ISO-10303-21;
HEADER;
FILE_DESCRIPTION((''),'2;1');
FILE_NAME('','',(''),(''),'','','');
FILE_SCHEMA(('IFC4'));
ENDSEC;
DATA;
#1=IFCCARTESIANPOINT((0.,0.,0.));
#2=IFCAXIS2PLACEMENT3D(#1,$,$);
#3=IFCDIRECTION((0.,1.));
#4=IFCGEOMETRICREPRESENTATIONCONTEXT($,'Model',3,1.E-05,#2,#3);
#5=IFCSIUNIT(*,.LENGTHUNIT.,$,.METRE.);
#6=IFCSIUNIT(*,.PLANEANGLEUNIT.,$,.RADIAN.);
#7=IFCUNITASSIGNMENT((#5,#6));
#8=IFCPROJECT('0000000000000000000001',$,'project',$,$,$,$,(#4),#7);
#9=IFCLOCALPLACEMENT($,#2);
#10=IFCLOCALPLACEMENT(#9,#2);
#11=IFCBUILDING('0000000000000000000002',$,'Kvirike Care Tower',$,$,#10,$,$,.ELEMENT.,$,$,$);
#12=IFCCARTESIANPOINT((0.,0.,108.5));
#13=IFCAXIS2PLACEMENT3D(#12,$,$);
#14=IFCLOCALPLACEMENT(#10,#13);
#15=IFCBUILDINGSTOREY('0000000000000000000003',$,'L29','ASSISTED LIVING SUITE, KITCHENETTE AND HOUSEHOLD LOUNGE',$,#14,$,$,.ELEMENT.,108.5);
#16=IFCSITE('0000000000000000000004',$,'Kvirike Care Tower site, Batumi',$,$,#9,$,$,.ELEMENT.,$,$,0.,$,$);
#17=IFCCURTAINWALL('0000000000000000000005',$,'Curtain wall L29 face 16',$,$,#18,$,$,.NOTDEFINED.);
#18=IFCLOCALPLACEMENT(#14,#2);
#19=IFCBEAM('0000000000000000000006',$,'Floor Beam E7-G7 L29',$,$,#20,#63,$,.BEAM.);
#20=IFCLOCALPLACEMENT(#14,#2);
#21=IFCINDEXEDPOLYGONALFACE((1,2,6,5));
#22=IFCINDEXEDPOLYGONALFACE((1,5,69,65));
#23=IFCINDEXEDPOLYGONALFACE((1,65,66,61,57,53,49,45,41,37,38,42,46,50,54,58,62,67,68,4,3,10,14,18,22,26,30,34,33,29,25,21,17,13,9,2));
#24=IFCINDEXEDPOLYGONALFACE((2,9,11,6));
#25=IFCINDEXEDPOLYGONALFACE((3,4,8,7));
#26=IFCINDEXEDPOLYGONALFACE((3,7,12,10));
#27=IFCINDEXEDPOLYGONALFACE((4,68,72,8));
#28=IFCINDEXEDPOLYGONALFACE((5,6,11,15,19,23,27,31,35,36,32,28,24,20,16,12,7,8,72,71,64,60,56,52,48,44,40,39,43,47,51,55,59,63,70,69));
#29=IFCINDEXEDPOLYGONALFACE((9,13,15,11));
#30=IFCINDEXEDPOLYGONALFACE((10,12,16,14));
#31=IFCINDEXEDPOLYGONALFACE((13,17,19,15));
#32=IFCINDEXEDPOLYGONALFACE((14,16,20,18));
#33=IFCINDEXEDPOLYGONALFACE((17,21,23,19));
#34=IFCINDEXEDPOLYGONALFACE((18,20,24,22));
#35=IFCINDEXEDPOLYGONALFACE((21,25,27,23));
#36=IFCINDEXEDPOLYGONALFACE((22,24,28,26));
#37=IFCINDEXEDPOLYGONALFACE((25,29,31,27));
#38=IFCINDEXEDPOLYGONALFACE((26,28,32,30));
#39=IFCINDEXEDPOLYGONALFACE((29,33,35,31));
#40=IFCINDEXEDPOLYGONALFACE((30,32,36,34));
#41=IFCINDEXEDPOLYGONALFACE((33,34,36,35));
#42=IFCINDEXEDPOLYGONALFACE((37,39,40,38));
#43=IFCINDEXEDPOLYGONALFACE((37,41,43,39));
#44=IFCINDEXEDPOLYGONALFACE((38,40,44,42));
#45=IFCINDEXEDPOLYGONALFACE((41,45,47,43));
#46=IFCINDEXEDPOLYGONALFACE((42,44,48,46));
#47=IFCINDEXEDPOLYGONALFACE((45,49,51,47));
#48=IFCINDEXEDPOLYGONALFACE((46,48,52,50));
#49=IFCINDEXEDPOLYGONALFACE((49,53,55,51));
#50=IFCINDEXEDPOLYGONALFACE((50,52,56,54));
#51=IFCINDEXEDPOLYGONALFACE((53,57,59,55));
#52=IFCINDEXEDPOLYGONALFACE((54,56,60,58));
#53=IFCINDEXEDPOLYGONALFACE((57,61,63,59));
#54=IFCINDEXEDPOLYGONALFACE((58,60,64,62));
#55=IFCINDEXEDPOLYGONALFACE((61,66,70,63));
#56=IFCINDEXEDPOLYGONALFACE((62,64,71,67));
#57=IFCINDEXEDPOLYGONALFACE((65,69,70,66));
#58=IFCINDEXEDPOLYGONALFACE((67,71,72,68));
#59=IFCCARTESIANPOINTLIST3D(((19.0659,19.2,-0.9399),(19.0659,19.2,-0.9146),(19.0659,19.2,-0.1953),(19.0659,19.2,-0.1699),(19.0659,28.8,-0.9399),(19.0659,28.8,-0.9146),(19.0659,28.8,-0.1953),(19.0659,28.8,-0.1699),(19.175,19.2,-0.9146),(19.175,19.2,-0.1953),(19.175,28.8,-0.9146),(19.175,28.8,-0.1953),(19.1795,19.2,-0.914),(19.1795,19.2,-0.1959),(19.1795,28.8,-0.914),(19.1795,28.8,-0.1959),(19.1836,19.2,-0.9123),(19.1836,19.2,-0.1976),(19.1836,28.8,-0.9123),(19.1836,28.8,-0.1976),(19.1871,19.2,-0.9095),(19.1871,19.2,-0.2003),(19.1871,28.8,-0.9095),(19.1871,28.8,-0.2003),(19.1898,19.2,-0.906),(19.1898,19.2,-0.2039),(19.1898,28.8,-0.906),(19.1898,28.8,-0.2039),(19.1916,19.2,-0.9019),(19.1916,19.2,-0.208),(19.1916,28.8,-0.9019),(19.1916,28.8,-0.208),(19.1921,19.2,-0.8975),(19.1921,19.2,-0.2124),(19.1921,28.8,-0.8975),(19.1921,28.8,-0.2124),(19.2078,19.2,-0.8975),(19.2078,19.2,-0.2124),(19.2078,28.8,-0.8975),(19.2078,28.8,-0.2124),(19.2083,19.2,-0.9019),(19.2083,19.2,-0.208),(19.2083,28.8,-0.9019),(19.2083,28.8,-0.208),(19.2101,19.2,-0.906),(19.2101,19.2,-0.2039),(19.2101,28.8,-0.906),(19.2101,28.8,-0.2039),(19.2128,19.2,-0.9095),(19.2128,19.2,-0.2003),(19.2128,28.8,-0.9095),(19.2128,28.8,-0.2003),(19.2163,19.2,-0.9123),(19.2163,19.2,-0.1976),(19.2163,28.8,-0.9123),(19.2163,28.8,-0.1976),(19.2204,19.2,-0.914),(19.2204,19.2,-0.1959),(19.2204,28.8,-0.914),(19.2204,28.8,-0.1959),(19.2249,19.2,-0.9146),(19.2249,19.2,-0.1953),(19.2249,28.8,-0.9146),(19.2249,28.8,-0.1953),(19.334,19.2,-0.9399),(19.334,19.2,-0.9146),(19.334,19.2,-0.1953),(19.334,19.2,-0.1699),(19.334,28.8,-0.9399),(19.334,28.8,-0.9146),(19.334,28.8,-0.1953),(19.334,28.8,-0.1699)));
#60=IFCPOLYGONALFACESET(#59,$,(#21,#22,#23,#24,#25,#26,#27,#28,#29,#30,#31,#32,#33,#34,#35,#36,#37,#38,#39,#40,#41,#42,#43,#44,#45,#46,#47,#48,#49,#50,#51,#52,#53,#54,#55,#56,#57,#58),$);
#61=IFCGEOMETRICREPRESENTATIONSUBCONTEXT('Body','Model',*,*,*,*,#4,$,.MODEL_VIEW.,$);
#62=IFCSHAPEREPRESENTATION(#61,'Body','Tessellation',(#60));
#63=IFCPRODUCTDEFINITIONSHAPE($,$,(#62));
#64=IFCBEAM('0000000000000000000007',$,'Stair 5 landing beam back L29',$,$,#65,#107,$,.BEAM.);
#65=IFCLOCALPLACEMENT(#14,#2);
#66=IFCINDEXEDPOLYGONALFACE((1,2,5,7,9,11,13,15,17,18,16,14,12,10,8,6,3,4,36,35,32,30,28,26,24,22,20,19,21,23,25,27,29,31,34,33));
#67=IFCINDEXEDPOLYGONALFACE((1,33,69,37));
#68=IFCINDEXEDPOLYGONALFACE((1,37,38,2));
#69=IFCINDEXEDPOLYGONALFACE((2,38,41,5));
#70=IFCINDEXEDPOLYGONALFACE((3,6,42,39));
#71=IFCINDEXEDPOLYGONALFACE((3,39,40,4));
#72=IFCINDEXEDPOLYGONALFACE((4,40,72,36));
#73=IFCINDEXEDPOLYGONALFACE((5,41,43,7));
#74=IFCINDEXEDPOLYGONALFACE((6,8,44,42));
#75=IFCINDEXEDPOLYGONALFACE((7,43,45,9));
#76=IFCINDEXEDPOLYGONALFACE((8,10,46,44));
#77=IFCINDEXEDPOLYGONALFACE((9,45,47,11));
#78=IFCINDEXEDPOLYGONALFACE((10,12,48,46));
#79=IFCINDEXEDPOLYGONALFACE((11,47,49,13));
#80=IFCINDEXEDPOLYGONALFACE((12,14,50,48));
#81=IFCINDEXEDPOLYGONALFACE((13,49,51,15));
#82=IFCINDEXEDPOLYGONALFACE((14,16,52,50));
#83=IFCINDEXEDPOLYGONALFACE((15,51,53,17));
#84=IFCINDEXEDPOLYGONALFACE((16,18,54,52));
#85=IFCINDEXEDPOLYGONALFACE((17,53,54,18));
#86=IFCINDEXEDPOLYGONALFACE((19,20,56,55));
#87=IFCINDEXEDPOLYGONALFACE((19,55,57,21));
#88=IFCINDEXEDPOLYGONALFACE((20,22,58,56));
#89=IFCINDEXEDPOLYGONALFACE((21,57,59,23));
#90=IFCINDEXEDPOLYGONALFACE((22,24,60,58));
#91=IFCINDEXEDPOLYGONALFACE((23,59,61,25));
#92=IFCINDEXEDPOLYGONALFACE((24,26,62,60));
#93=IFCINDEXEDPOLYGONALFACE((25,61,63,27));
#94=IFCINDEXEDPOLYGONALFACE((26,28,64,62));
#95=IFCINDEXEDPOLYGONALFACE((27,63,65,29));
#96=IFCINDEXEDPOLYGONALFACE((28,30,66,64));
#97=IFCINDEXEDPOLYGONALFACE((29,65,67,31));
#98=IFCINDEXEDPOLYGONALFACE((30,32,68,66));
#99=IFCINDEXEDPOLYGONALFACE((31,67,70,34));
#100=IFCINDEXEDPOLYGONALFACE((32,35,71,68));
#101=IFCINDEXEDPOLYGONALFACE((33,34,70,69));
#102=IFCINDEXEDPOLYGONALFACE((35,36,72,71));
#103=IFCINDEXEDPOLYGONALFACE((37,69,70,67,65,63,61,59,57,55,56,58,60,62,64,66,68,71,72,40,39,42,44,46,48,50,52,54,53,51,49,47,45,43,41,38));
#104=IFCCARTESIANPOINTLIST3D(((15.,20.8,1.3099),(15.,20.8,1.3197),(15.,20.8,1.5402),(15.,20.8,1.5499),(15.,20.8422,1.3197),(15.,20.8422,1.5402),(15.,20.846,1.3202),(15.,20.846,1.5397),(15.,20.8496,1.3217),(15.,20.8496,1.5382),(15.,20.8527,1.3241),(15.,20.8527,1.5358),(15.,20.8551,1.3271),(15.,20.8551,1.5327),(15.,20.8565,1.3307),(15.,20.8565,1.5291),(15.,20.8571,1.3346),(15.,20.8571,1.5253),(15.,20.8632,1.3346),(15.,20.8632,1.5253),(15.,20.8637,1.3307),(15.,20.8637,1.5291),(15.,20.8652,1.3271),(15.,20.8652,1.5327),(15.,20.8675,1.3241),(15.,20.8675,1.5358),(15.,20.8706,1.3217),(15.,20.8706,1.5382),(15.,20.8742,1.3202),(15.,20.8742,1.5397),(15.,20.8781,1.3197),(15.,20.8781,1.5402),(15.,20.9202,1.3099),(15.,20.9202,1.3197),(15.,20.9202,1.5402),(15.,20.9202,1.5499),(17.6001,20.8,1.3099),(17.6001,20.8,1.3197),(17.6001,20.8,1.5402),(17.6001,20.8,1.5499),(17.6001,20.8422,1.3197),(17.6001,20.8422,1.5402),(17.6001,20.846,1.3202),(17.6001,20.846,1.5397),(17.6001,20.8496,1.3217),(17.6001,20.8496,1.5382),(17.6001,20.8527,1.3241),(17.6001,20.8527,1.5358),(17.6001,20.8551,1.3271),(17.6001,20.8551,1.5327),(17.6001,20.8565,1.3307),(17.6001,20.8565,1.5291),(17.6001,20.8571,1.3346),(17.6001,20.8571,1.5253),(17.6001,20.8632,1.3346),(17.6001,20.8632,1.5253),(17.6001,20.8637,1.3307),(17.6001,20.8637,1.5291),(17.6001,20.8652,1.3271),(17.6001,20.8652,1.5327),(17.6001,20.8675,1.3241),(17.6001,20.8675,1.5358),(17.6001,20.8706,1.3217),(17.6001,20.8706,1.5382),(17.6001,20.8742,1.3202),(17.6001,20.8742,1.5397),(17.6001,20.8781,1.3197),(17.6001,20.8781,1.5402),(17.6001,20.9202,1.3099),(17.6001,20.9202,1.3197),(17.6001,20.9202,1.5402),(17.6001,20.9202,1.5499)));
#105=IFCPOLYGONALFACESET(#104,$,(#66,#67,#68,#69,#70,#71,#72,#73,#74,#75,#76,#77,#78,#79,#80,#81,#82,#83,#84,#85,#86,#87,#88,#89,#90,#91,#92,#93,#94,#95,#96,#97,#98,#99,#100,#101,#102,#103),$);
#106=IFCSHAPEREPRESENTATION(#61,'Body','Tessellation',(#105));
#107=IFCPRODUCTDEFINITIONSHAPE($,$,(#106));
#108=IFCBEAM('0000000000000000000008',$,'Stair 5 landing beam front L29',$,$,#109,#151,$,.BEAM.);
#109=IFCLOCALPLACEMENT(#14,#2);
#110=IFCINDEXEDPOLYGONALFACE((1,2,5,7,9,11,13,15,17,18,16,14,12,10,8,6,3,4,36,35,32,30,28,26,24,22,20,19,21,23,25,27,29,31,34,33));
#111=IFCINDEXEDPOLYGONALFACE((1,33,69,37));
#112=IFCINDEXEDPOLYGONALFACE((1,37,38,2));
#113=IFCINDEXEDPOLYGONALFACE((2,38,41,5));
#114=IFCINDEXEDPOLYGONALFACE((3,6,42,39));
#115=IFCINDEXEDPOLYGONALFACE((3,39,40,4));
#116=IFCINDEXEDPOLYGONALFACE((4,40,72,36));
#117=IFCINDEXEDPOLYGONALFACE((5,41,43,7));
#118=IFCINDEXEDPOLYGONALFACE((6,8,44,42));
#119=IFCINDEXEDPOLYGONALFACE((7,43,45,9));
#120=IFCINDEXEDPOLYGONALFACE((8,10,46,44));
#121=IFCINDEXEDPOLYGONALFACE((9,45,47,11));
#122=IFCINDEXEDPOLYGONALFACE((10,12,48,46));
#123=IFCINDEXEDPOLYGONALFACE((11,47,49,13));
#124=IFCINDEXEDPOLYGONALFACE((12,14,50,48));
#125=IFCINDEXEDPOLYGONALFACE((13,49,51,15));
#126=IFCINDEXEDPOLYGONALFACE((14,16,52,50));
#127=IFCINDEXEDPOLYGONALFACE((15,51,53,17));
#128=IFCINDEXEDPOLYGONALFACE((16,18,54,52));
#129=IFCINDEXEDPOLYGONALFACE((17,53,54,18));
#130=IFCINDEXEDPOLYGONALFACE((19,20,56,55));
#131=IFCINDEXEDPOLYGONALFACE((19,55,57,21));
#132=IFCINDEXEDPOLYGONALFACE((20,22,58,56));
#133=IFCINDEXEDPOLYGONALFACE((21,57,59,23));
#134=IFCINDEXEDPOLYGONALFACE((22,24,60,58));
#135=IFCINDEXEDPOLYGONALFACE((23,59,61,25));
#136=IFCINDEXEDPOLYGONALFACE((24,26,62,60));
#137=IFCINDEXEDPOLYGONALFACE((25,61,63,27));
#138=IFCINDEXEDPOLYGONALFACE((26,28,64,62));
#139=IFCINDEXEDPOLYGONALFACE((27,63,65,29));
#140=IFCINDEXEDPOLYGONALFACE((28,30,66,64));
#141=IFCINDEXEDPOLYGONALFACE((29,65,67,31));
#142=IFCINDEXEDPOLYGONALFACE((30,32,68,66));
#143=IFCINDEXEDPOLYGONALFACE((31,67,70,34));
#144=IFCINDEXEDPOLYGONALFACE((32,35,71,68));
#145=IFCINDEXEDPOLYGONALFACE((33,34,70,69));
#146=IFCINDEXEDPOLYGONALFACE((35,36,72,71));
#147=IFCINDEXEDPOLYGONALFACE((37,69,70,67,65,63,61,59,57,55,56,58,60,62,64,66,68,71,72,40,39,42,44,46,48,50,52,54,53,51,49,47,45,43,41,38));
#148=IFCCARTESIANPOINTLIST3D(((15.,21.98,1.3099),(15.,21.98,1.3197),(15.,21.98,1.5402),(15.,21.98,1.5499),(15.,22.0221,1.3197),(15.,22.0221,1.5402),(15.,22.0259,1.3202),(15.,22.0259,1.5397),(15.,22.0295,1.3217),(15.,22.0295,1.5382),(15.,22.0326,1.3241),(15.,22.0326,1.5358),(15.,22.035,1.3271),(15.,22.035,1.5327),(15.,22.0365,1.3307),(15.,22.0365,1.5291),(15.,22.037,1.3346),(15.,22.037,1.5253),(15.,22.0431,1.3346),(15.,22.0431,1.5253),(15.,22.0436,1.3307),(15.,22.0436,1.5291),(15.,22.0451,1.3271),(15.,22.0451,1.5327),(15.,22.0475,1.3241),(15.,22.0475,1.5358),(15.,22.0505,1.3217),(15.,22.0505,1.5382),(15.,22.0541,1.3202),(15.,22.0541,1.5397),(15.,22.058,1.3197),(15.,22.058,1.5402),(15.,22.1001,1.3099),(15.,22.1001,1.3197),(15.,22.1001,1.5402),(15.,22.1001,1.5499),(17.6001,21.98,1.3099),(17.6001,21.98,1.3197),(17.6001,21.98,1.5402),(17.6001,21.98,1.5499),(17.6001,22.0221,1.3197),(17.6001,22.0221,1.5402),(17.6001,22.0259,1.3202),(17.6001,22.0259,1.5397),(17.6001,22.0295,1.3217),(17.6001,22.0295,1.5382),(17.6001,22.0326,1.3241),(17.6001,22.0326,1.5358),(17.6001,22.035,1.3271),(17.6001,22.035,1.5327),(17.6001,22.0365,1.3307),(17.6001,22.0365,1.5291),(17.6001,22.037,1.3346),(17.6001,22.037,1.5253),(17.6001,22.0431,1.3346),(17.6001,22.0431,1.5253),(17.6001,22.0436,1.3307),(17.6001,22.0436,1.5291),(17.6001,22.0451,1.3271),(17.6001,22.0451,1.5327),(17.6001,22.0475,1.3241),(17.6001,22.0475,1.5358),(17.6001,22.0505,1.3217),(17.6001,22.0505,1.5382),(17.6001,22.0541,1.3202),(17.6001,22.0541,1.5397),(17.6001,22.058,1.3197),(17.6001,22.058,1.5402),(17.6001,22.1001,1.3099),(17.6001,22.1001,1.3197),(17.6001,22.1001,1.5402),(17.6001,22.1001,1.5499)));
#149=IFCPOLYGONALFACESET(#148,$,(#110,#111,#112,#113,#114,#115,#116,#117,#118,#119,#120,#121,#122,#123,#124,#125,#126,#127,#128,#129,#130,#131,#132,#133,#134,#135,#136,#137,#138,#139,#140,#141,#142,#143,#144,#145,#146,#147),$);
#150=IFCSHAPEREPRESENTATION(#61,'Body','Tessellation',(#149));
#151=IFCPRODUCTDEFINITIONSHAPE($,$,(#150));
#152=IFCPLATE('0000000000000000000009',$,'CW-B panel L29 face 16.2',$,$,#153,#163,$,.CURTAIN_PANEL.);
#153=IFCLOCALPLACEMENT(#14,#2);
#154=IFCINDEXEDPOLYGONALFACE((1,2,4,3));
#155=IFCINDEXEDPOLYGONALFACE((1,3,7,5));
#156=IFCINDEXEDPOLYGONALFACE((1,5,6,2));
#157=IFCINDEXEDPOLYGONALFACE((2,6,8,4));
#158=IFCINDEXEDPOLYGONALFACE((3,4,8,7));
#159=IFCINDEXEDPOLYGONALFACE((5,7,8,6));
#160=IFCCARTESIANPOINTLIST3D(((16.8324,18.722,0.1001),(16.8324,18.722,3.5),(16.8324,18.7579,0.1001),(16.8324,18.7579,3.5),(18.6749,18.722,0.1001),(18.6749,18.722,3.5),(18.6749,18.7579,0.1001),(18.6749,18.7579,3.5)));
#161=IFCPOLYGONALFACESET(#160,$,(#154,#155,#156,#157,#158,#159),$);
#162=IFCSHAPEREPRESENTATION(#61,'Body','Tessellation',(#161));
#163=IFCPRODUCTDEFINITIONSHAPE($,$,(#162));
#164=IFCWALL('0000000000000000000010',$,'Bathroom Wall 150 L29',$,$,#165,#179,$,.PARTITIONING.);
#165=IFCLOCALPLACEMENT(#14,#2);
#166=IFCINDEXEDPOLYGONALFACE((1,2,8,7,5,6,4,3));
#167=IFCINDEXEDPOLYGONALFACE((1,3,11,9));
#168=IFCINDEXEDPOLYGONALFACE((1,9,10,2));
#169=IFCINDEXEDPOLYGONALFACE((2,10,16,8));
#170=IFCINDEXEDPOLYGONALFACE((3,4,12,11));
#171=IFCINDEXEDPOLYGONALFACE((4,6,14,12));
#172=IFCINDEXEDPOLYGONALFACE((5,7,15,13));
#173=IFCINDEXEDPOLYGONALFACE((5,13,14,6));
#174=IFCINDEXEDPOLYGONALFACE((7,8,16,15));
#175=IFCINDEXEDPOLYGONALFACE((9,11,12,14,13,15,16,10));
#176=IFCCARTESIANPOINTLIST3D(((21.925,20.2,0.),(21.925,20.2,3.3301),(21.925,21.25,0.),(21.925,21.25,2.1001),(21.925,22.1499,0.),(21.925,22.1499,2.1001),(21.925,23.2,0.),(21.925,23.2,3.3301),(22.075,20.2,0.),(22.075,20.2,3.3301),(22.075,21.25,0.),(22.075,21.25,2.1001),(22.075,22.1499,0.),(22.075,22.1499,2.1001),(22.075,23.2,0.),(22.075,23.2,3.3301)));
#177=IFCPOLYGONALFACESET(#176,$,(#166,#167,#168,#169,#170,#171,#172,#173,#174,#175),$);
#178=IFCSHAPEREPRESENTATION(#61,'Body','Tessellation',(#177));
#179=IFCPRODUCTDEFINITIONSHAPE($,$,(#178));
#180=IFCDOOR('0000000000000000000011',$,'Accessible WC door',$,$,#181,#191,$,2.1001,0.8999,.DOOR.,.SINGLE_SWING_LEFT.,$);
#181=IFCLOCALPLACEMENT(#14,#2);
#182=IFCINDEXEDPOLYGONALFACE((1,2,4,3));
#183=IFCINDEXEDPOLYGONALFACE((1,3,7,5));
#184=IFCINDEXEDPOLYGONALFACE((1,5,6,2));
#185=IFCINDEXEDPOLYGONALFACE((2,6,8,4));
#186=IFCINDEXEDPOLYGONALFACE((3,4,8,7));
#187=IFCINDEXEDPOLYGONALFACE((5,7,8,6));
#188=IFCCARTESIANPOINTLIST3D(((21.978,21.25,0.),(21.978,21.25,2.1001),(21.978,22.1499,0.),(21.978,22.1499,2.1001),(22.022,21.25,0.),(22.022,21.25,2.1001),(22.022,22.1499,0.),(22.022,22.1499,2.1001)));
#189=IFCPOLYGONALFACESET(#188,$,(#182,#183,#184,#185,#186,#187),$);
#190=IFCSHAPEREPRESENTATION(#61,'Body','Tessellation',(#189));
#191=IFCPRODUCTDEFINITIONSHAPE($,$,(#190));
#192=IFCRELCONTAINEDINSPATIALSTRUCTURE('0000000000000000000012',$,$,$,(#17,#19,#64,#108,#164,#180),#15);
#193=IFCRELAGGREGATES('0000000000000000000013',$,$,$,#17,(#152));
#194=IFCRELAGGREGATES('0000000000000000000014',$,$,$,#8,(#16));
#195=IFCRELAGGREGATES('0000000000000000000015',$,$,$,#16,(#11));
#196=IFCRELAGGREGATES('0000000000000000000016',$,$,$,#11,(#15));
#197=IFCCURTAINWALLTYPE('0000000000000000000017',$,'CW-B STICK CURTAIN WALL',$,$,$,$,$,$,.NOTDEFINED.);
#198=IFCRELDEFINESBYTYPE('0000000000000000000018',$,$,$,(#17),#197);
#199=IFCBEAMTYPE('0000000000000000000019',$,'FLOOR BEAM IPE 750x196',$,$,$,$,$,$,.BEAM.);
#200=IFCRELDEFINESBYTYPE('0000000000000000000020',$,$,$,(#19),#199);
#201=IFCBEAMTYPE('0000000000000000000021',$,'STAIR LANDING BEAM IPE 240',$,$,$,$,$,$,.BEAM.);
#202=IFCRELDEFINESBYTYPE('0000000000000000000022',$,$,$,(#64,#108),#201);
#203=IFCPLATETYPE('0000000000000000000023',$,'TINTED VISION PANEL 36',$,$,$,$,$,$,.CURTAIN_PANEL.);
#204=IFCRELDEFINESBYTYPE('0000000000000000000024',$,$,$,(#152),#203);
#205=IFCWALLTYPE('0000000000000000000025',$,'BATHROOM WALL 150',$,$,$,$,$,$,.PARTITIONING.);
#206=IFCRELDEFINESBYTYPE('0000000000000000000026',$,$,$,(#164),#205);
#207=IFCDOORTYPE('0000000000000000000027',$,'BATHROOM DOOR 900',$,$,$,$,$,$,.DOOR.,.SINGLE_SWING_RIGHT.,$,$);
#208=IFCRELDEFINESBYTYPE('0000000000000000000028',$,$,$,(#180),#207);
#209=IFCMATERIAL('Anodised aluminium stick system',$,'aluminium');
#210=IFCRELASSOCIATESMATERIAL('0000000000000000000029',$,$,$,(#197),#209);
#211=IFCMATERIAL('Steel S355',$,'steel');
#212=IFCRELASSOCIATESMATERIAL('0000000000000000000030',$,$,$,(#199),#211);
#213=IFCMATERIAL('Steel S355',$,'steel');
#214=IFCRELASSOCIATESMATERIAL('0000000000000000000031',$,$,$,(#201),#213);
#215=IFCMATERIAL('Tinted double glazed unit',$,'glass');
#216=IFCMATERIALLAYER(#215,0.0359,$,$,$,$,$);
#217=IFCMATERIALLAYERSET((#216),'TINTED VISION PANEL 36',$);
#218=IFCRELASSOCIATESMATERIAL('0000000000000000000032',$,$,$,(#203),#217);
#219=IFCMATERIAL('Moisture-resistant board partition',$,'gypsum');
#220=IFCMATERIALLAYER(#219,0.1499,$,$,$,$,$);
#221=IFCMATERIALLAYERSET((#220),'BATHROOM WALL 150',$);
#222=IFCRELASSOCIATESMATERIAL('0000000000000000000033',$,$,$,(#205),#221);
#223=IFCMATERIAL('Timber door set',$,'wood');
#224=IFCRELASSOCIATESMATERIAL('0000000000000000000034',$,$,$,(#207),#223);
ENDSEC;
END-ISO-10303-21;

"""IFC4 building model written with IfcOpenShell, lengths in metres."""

from ifc_helpers import new_model, si_unit, direction, frame, frame_2d, origin, origin_2d, place, context, subcontext, project, spatial, rectangle, i_section, extrude, material, layer, layer_set, material_profile, profile_set, type_object, element, fill, aggregate, save


model = new_model("IFC4")

# Units and contexts
model_context = context("Model", 3, precision=1e-05, world=origin(), true_north=direction((0.0, 1.0)))
body_context = subcontext(model_context, "Body", "Model", "MODEL_VIEW")
ifc_project = project(units=[si_unit("LENGTHUNIT", "METRE"), si_unit("PLANEANGLEUNIT", "RADIAN")], contexts=[model_context])

# Site, building, storey
site_placement = place(None, origin())
site = spatial("IfcSite", under=ifc_project, at=site_placement, Name="Kvirike Care Tower site, Batumi", CompositionType="ELEMENT", RefElevation=0.0)
building_placement = place(site_placement, origin())
building = spatial("IfcBuilding", under=site, at=building_placement, Name="Kvirike Care Tower", CompositionType="ELEMENT")
storey_placement = place(building_placement, frame((0.0, 0.0, 108.5)))
storey = spatial("IfcBuildingStorey", under=building, at=storey_placement, Name="L29", Description="ASSISTED LIVING SUITE, KITCHENETTE AND HOUSEHOLD LOUNGE", CompositionType="ELEMENT", Elevation=108.5)

# Curtain wall
ifc_material_1 = material(Name="Anodised aluminium stick system", Category="aluminium")
curtain_wall_type = type_object("IfcCurtainWallType", Name="CW-B STICK CURTAIN WALL", PredefinedType="NOTDEFINED", material=ifc_material_1)
curtain_wall_placement = place(storey_placement, origin())
curtain_wall = element("IfcCurtainWall", 1, at=curtain_wall_placement, inside=storey, type_object=curtain_wall_type, Name="Curtain wall L29 face 16", PredefinedType="NOTDEFINED")

# Beams
ifc_material_2 = material(Name="Steel S355", Category="steel")
ifc_material_profile_1 = material_profile(ifc_material_2, i_section(OverallWidth=0.2681, OverallDepth=0.77, WebThickness=0.0156, FlangeThickness=0.0254, FilletRadius=0.0171, at=origin_2d()), Name="IPE 750x196")
ifc_profile_set_1 = profile_set([ifc_material_profile_1], Name="Steel S355")
beam_type_1 = type_object("IfcBeamType", Name="FLOOR BEAM IPE 750x196", PredefinedType="BEAM", material=ifc_profile_set_1)
for number, where, z_axis, x_axis, name in (
    (2, (19.2, 19.2, -0.5549), (0.0, 1.0, 0.0), (-1.0, 0.0, 0.0), "Floor Beam E7-G7 L29"),
):
    element("IfcBeam", number, at=place(storey_placement, frame(where, z_axis=z_axis, x_axis=x_axis)), inside=storey, type_object=beam_type_1, Name=name, PredefinedType="BEAM", context=body_context, shape_type="SweptSolid", body=[
        extrude(i_section(OverallWidth=0.2681, OverallDepth=0.77, WebThickness=0.0156, FlangeThickness=0.0254, FilletRadius=0.0171, at=origin_2d()), origin(), (0.0, 0.0, 1.0), 9.6001),
    ])
ifc_material_3 = material(Name="Steel S355", Category="steel")
ifc_material_profile_2 = material_profile(ifc_material_3, i_section(OverallWidth=0.1201, OverallDepth=0.24, WebThickness=0.0061, FlangeThickness=0.0098, FilletRadius=0.0149, at=origin_2d()), Name="IPE 240")
ifc_profile_set_2 = profile_set([ifc_material_profile_2], Name="Steel S355")
beam_type_2 = type_object("IfcBeamType", Name="STAIR LANDING BEAM IPE 240", PredefinedType="BEAM", material=ifc_profile_set_2)
for number, where, z_axis, x_axis, name in (
    (3, (15.0, 20.8601, 1.4299), (1.0, 0.0, 0.0), (0.0, 1.0, 0.0), "Stair 5 landing beam back L29"),
    (4, (15.0, 22.04, 1.4299), (1.0, 0.0, 0.0), (0.0, 1.0, 0.0), "Stair 5 landing beam front L29"),
):
    element("IfcBeam", number, at=place(storey_placement, frame(where, z_axis=z_axis, x_axis=x_axis)), inside=storey, type_object=beam_type_2, Name=name, PredefinedType="BEAM", context=body_context, shape_type="SweptSolid", body=[
        extrude(i_section(OverallWidth=0.1201, OverallDepth=0.24, WebThickness=0.0061, FlangeThickness=0.0098, FilletRadius=0.0149, at=origin_2d()), origin(), (0.0, 0.0, 1.0), 2.6001),
    ])

# Plate
ifc_material_4 = material(Name="Tinted double glazed unit", Category="glass")
ifc_layer_1 = layer(ifc_material_4, 0.0359)
ifc_layer_set_1 = layer_set([ifc_layer_1], Name="TINTED VISION PANEL 36")
plate_type = type_object("IfcPlateType", Name="TINTED VISION PANEL 36", PredefinedType="CURTAIN_PANEL", material=ifc_layer_set_1)
plate_placement = place(storey_placement, frame((17.7537, 18.74, 0.1001), z_axis=(0.0, 0.0, 1.0), x_axis=(1.0, 0.0, 0.0)))
plate = element("IfcPlate", 5, at=plate_placement, type_object=plate_type, Name="CW-B panel L29 face 16.2", PredefinedType="CURTAIN_PANEL", context=body_context, shape_type="SweptSolid", body=[
    extrude(rectangle(XDim=1.8425, YDim=0.0359, at=origin_2d()), origin(), (0.0, 0.0, 1.0), 3.3999),
])
aggregate(curtain_wall, [plate])

# Wall, opening, door
ifc_material_5 = material(Name="Moisture-resistant board partition", Category="gypsum")
ifc_layer_2 = layer(ifc_material_5, 0.1499)
ifc_layer_set_2 = layer_set([ifc_layer_2], Name="BATHROOM WALL 150")
wall_type_1 = type_object("IfcWallType", Name="BATHROOM WALL 150", PredefinedType="PARTITIONING", material=ifc_layer_set_2)
wall_1_placement = place(storey_placement, frame((22.0, 20.2, 0.0), z_axis=(0.0, 0.0, 1.0), x_axis=(0.0, 1.0, 0.0)))
wall_1 = element("IfcWall", 6, at=wall_1_placement, inside=storey, type_object=wall_type_1, Name="Bathroom Wall 150 L29", PredefinedType="PARTITIONING", context=body_context, shape_type="SweptSolid", body=[
    extrude(rectangle(XDim=3.0, YDim=0.1499, at=frame_2d((1.5, 0.0))), origin(), (0.0, 0.0, 1.0), 3.3301),
])
opening_placement = place(wall_1_placement, frame((1.05, 0.0, 0.0)))
opening = element("IfcOpeningElement", 7, at=opening_placement, cuts=wall_1, PredefinedType="OPENING", context=body_context, shape_type="SweptSolid", body=[
    extrude(rectangle(XDim=0.8999, YDim=2.1001, at=frame_2d((0.45, 1.05))), frame((0.0, 0.0854, 0.0), z_axis=(0.0, -1.0, 0.0), x_axis=(1.0, 0.0, 0.0)), (0.0, 0.0, 1.0), 0.1709),
])
ifc_material_6 = material(Name="Timber door set", Category="wood")
door_type = type_object("IfcDoorType", Name="BATHROOM DOOR 900", OperationType="SINGLE_SWING_RIGHT", PredefinedType="DOOR", material=ifc_material_6)
door_placement = place(opening_placement, origin())
door = element("IfcDoor", 8, at=door_placement, inside=storey, type_object=door_type, Name="Accessible WC door", OperationType="SINGLE_SWING_LEFT", OverallHeight=2.1001, OverallWidth=0.8999, PredefinedType="DOOR", context=body_context, shape_type="SweptSolid", body=[
    extrude(rectangle(XDim=0.8999, YDim=2.1001, at=frame_2d((0.45, 1.05))), frame((0.0, 0.022, 0.0), z_axis=(0.0, -1.0, 0.0), x_axis=(1.0, 0.0, 0.0)), (0.0, 0.0, 1.0), 0.0439),
])
fill(opening, door)

save(model, "model.ifc")
